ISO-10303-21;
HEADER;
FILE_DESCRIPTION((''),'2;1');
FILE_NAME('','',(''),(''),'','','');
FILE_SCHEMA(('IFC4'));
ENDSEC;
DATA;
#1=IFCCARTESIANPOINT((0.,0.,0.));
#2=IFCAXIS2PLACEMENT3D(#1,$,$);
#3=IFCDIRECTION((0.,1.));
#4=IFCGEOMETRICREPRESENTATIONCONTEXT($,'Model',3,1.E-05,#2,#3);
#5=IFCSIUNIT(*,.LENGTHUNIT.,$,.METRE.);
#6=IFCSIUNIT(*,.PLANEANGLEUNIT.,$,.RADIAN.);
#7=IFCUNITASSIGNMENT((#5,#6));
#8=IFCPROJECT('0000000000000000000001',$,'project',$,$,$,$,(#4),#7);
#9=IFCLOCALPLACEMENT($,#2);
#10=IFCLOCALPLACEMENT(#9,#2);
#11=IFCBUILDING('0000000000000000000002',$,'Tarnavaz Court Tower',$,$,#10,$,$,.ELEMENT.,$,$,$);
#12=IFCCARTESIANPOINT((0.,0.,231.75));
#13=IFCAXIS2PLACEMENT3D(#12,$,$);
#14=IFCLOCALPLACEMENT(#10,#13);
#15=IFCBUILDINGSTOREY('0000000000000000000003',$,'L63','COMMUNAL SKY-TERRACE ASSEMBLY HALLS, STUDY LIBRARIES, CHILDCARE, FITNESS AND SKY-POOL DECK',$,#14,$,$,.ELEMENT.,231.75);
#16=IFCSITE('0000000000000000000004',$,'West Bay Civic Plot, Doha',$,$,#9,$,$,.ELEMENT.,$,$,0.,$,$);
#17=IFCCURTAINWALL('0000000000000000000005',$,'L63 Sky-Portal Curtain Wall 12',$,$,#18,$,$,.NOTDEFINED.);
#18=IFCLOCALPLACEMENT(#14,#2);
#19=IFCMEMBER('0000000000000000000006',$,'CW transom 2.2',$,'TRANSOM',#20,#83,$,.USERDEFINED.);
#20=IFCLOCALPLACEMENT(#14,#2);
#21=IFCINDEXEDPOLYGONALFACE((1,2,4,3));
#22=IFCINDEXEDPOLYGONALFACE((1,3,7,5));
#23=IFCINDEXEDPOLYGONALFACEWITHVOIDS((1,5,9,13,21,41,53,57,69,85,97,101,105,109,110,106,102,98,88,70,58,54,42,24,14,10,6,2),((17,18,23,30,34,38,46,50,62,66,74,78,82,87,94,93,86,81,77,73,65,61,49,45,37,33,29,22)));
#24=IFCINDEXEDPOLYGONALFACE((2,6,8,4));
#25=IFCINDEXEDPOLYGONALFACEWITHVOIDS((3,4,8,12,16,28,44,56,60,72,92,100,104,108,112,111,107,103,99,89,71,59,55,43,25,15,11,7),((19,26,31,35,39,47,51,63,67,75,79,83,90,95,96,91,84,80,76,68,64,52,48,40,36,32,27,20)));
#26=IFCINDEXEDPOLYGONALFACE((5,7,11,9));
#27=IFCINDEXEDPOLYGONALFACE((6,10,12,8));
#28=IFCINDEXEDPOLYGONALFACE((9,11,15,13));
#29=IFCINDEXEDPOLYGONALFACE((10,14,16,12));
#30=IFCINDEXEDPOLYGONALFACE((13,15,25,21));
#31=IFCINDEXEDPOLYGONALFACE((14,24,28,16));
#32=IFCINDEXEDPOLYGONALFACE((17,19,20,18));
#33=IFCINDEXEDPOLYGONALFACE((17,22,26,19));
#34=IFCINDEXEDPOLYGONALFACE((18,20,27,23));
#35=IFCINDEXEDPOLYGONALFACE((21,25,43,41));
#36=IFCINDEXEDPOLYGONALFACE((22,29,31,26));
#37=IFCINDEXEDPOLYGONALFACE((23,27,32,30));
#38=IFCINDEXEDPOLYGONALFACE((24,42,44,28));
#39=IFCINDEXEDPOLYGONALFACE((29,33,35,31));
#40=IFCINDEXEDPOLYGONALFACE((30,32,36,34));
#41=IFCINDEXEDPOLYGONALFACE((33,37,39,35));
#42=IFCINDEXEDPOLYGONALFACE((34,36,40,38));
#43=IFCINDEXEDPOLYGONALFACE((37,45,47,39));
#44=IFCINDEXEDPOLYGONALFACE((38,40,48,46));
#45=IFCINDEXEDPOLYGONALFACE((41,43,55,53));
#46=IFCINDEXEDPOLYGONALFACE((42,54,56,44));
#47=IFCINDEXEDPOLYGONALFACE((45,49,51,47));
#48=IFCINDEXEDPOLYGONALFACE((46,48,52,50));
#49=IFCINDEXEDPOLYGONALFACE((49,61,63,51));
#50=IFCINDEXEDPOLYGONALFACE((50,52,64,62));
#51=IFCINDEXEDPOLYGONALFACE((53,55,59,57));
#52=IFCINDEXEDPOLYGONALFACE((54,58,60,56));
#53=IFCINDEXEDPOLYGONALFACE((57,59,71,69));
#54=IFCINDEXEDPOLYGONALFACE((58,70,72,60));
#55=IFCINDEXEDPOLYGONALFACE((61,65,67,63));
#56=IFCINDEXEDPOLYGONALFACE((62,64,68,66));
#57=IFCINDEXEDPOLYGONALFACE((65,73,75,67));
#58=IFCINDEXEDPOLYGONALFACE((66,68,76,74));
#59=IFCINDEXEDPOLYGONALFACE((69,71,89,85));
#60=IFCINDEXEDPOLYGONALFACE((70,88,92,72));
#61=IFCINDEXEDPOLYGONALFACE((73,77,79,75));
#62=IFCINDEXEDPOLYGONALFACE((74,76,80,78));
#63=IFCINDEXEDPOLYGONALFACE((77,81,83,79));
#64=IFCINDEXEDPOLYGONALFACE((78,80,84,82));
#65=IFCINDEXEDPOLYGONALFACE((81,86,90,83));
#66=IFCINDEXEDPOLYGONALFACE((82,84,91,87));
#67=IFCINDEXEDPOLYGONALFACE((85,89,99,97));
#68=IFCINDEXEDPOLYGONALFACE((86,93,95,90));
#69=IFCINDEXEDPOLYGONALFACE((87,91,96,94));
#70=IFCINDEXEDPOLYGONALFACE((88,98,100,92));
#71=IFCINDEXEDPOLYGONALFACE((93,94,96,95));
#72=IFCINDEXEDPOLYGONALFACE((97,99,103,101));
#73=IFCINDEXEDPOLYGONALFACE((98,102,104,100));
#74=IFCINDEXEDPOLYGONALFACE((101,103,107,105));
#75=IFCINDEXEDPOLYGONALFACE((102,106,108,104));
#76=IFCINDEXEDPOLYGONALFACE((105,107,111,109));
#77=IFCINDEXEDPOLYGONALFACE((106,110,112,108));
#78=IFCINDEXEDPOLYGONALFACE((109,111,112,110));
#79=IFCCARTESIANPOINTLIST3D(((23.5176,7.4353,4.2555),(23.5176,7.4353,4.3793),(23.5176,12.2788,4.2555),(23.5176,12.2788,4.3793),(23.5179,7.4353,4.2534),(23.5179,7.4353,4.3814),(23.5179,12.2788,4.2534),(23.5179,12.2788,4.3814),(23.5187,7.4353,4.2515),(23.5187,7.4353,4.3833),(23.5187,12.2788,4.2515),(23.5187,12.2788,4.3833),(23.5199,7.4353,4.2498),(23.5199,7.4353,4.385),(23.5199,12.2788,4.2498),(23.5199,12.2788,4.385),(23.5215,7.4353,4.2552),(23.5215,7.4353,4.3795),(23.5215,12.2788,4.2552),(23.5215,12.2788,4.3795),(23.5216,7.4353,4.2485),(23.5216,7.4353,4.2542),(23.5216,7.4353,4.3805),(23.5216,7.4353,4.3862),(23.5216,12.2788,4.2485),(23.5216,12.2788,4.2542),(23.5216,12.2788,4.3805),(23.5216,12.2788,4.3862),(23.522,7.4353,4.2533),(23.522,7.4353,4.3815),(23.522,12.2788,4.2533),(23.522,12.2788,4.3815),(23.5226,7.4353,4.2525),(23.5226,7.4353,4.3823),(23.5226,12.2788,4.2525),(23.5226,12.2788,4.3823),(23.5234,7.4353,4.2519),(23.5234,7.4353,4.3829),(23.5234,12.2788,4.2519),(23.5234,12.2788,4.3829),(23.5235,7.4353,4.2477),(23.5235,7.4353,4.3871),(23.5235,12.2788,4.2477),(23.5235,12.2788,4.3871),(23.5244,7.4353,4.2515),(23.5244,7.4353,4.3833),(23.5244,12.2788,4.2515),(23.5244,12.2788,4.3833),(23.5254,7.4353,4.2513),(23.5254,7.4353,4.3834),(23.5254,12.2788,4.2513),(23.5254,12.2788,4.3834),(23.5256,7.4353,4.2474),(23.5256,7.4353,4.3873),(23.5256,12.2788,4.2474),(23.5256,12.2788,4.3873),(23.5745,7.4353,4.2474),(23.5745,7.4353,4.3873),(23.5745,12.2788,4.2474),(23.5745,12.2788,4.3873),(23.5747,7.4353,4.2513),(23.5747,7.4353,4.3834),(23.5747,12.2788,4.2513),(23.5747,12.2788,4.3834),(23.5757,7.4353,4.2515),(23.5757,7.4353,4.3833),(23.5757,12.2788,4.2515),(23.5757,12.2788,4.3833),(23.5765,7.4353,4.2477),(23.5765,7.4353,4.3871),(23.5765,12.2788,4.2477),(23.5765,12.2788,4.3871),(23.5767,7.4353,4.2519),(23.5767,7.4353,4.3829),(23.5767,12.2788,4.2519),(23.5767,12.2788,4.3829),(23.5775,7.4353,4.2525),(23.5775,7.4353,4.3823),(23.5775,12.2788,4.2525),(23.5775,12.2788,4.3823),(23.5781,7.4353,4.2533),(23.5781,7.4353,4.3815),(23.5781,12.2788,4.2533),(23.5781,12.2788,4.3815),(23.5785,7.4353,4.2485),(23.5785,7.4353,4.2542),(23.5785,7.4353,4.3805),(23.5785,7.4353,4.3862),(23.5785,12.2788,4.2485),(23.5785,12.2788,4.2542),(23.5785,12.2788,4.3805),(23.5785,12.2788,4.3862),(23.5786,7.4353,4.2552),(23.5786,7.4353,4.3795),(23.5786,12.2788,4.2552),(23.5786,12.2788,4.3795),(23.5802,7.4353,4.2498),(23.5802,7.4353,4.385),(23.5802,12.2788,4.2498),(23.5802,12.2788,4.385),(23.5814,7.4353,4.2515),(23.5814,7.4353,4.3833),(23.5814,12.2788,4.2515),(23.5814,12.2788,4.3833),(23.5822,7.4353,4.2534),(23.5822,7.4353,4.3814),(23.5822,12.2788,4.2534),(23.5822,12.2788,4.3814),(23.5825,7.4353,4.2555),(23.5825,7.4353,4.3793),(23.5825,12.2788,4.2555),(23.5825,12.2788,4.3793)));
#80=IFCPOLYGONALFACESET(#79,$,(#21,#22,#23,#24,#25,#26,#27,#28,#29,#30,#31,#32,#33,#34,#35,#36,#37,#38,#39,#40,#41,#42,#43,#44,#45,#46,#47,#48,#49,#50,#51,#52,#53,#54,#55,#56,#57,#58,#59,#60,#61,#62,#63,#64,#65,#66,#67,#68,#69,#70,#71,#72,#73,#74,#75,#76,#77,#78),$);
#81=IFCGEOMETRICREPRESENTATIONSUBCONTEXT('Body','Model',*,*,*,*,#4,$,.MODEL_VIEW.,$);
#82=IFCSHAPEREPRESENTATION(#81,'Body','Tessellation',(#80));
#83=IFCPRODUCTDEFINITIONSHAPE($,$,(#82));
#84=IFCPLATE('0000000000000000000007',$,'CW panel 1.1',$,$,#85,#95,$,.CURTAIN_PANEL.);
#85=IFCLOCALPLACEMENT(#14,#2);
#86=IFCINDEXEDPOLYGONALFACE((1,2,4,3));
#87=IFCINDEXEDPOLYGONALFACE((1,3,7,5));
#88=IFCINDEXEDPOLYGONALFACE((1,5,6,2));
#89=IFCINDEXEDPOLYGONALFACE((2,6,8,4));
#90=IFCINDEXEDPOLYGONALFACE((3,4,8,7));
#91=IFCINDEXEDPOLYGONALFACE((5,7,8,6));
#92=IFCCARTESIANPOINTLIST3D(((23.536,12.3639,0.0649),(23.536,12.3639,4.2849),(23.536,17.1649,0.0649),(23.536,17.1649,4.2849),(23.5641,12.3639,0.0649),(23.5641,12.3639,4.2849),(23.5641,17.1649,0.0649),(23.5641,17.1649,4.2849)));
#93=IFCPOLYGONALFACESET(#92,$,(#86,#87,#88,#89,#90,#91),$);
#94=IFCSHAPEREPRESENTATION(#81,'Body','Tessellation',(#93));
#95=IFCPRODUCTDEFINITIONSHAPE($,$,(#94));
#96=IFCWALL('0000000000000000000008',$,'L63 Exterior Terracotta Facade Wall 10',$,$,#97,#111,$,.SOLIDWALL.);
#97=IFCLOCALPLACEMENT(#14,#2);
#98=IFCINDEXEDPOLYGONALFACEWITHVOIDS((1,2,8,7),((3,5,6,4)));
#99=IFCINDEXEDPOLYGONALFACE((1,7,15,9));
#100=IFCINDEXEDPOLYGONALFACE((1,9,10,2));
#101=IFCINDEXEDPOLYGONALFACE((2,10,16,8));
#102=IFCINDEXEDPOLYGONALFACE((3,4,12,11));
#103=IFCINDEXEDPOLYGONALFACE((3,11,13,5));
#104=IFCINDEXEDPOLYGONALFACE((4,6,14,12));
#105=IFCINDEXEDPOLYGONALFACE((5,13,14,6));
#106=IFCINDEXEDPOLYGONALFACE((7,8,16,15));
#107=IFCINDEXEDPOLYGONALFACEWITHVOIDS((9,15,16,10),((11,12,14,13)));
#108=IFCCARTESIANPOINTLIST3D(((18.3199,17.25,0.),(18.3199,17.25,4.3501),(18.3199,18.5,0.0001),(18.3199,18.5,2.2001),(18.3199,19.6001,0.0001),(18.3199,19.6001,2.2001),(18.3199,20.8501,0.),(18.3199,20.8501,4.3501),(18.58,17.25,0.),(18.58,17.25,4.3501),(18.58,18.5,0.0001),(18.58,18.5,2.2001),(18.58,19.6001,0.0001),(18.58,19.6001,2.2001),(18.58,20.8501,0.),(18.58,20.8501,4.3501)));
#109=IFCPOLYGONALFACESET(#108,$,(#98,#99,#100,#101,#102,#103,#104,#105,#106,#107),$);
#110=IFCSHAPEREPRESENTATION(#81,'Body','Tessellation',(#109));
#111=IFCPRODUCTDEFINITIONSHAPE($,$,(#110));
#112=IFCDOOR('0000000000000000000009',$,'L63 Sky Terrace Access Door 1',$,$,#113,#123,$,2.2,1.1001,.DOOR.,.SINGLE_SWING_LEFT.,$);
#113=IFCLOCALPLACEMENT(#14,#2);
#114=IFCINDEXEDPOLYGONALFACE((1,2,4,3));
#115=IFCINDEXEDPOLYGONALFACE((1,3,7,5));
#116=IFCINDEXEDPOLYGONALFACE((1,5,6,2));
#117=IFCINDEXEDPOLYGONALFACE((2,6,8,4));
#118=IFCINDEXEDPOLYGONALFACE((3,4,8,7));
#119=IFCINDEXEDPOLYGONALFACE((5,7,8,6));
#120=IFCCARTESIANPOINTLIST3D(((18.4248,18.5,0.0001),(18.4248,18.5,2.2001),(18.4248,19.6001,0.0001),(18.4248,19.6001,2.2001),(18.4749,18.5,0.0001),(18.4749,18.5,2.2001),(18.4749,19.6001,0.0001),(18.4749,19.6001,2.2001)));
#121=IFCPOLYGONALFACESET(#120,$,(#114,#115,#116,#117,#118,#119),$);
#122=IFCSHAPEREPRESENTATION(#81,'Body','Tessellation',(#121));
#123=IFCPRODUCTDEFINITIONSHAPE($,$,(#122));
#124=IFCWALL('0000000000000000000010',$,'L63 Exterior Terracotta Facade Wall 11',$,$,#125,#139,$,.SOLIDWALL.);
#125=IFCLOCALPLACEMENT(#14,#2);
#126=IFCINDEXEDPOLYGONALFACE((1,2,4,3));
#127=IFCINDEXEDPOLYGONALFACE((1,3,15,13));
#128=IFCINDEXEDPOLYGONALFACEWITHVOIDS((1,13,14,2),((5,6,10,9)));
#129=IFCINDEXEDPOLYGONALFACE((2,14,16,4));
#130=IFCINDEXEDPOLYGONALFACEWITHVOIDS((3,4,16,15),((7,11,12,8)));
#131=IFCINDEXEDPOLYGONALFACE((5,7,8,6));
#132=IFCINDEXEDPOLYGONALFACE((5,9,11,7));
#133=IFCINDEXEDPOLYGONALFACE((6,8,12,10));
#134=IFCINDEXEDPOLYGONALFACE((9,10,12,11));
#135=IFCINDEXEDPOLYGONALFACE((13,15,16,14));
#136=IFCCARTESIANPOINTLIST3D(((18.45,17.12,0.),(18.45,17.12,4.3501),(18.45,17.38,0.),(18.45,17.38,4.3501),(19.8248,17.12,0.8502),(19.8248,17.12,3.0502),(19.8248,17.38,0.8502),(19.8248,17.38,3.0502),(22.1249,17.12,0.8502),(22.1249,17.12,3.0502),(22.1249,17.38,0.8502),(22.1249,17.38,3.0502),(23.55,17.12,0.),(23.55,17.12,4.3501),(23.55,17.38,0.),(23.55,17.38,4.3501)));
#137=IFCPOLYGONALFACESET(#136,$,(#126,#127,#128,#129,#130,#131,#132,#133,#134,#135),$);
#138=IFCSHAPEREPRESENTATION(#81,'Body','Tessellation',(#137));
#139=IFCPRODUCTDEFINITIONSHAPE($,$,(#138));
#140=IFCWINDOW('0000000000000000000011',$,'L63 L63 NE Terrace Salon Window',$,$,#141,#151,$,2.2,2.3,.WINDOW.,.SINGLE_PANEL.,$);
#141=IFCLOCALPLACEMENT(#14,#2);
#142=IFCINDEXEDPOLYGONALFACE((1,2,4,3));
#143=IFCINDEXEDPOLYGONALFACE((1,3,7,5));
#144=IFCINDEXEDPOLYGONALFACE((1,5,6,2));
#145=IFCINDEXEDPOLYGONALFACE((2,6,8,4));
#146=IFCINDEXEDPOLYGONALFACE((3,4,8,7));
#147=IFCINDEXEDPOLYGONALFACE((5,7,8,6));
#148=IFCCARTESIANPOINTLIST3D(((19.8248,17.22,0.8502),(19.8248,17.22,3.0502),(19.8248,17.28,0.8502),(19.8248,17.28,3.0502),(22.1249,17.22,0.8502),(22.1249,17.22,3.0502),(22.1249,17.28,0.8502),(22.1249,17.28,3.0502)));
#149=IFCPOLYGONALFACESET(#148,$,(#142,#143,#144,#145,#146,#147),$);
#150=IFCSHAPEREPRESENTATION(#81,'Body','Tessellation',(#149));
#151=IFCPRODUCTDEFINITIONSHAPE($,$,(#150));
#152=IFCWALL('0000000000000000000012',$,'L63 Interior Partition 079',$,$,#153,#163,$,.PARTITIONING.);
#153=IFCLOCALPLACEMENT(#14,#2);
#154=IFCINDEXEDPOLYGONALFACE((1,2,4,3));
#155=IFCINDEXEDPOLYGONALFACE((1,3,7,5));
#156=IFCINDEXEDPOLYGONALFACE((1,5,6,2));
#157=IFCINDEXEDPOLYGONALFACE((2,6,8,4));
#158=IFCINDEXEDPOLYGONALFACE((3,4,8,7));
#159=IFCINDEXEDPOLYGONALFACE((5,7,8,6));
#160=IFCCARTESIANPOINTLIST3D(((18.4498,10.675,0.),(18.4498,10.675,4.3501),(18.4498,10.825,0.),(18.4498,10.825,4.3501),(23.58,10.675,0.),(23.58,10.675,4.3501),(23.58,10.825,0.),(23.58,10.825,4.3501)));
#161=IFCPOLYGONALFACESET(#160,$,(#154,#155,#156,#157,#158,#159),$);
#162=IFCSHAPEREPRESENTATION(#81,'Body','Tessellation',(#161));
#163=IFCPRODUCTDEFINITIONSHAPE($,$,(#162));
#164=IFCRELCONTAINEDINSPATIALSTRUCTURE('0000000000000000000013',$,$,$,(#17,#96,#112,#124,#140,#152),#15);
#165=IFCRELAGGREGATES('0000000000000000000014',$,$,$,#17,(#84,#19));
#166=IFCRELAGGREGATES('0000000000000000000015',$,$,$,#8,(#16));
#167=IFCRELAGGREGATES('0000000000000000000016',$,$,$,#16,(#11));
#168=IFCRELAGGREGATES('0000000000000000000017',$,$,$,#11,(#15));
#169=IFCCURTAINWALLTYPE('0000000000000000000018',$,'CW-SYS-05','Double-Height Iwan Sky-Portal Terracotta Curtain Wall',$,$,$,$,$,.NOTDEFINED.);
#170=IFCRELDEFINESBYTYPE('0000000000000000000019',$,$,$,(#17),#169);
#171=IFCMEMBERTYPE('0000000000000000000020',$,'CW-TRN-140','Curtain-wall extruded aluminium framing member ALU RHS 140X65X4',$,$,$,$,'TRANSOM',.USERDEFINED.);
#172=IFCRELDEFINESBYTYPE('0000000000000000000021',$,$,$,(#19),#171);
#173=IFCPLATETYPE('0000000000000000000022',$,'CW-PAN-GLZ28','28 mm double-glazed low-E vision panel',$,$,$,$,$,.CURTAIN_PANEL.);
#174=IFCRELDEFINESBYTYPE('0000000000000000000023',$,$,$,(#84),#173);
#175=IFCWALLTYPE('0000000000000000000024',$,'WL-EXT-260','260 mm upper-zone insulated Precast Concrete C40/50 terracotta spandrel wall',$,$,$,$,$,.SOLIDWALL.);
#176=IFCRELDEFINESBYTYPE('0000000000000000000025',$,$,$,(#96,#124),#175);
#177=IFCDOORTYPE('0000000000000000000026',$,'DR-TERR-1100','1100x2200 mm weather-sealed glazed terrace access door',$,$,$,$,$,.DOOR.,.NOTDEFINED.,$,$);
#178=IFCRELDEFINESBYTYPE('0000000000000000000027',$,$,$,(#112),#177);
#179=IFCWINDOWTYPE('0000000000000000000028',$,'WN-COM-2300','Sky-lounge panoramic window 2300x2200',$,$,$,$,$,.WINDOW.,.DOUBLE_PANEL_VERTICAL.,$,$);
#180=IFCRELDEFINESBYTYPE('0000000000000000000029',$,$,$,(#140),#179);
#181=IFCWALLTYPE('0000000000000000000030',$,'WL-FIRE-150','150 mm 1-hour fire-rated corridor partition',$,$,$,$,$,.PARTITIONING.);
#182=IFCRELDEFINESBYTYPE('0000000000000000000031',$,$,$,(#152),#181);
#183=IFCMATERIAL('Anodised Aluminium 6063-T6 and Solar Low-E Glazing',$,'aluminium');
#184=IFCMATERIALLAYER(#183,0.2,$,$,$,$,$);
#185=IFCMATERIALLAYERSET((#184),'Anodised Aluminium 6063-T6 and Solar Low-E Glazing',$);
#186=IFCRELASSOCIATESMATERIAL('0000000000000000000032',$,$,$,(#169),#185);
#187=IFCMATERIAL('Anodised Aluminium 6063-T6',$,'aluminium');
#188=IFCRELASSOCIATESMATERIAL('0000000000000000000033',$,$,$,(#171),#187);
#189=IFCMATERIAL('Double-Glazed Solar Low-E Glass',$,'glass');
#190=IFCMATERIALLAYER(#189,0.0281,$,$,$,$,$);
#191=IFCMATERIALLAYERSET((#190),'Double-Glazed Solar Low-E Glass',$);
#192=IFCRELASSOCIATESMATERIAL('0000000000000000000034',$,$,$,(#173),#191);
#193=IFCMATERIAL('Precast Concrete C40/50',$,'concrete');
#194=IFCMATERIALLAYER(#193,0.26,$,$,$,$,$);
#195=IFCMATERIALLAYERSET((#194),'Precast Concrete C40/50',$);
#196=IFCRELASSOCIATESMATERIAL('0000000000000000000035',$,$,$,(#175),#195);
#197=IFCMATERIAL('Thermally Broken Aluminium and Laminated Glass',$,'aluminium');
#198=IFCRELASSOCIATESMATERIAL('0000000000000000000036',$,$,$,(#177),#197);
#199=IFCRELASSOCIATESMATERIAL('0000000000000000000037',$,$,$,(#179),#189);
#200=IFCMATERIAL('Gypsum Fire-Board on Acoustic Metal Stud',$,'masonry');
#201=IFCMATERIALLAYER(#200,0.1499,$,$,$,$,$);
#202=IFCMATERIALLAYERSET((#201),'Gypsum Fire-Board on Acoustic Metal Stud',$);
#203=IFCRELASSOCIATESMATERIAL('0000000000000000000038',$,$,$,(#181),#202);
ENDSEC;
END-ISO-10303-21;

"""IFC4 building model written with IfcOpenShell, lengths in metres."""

from ifc_helpers import new_model, si_unit, direction, frame, frame_2d, origin, origin_2d, place, context, subcontext, project, spatial, rectangle, hollow_rectangle, extrude, material, layer, layer_set, material_profile, profile_set, type_object, element, fill, aggregate, save


model = new_model("IFC4")

# Units and contexts
model_context = context("Model", 3, precision=1e-05, world=origin(), true_north=direction((0.0, 1.0)))
body_context = subcontext(model_context, "Body", "Model", "MODEL_VIEW")
ifc_project = project(units=[si_unit("LENGTHUNIT", "METRE"), si_unit("PLANEANGLEUNIT", "RADIAN")], contexts=[model_context])

# Site, building, storey
site_placement = place(None, origin())
site = spatial("IfcSite", under=ifc_project, at=site_placement, Name="West Bay Civic Plot, Doha", CompositionType="ELEMENT", RefElevation=0.0)
building_placement = place(site_placement, origin())
building = spatial("IfcBuilding", under=site, at=building_placement, Name="Tarnavaz Court Tower", CompositionType="ELEMENT")
storey_placement = place(building_placement, frame((0.0, 0.0, 231.75)))
storey = spatial("IfcBuildingStorey", under=building, at=storey_placement, Name="L63", Description="COMMUNAL SKY-TERRACE ASSEMBLY HALLS, STUDY LIBRARIES, CHILDCARE, FITNESS AND SKY-POOL DECK", CompositionType="ELEMENT", Elevation=231.75)

# Curtain wall, member, plate
ifc_material_1 = material(Name="Anodised Aluminium 6063-T6 and Solar Low-E Glazing", Category="aluminium")
ifc_layer_1 = layer(ifc_material_1, 0.2)
ifc_layer_set_1 = layer_set([ifc_layer_1], Name="Anodised Aluminium 6063-T6 and Solar Low-E Glazing")
curtain_wall_type = type_object("IfcCurtainWallType", Name="CW-SYS-05", Description="Double-Height Iwan Sky-Portal Terracotta Curtain Wall", PredefinedType="NOTDEFINED", material=ifc_layer_set_1)
curtain_wall_placement = place(storey_placement, origin())
curtain_wall = element("IfcCurtainWall", 1, at=curtain_wall_placement, inside=storey, type_object=curtain_wall_type, Name="L63 Sky-Portal Curtain Wall 12", PredefinedType="NOTDEFINED")
ifc_material_2 = material(Name="Anodised Aluminium 6063-T6", Category="aluminium")
ifc_material_profile_1 = material_profile(ifc_material_2, hollow_rectangle(XDim=0.0649, YDim=0.1399, WallThickness=0.0039, InnerFilletRadius=0.0039, OuterFilletRadius=0.0081, at=origin_2d()), Name="ALU RHS 140X65X4")
ifc_profile_set_1 = profile_set([ifc_material_profile_1], Name="Anodised Aluminium 6063-T6")
member_type_1 = type_object("IfcMemberType", Name="CW-TRN-140", Description="Curtain-wall extruded aluminium framing member ALU RHS 140X65X4", ElementType="TRANSOM", PredefinedType="USERDEFINED", material=ifc_profile_set_1)
member_1_placement = place(storey_placement, frame((23.55, 12.2788, 4.3174), z_axis=(0.0, -1.0, 0.0), x_axis=(1.0, 0.0, 0.0)))
member_1 = element("IfcMember", 2, at=member_1_placement, type_object=member_type_1, Name="CW transom 2.2", ObjectType="TRANSOM", PredefinedType="USERDEFINED", context=body_context, shape_type="SweptSolid", body=[
    extrude(hollow_rectangle(XDim=0.0649, YDim=0.1399, WallThickness=0.0039, InnerFilletRadius=0.0039, OuterFilletRadius=0.0081, at=origin_2d()), origin(), (0.0, 0.0, 1.0), 4.8435),
])
ifc_material_3 = material(Name="Double-Glazed Solar Low-E Glass", Category="glass")
ifc_layer_2 = layer(ifc_material_3, 0.0281)
ifc_layer_set_2 = layer_set([ifc_layer_2], Name="Double-Glazed Solar Low-E Glass")
plate_type = type_object("IfcPlateType", Name="CW-PAN-GLZ28", Description="28 mm double-glazed low-E vision panel", PredefinedType="CURTAIN_PANEL", material=ifc_layer_set_2)
plate_placement = place(storey_placement, frame((23.55, 14.7644, 0.0649), z_axis=(0.0, 0.0, 1.0), x_axis=(0.0, -1.0, 0.0)))
plate = element("IfcPlate", 3, at=plate_placement, type_object=plate_type, Name="CW panel 1.1", PredefinedType="CURTAIN_PANEL", context=body_context, shape_type="SweptSolid", body=[
    extrude(rectangle(XDim=4.801, YDim=0.0281, at=origin_2d()), origin(), (0.0, 0.0, 1.0), 4.22),
])
aggregate(curtain_wall, [plate, member_1])

# Wall, opening, door
ifc_material_4 = material(Name="Precast Concrete C40/50", Category="concrete")
ifc_layer_3 = layer(ifc_material_4, 0.26)
ifc_layer_set_3 = layer_set([ifc_layer_3], Name="Precast Concrete C40/50")
wall_type_1 = type_object("IfcWallType", Name="WL-EXT-260", Description="260 mm upper-zone insulated Precast Concrete C40/50 terracotta spandrel wall", PredefinedType="SOLIDWALL", material=ifc_layer_set_3)
wall_1_placement = place(storey_placement, frame((18.45, 20.8501, 0.0), z_axis=(0.0, 0.0, 1.0), x_axis=(0.0, -1.0, 0.0)))
wall_1 = element("IfcWall", 4, at=wall_1_placement, inside=storey, type_object=wall_type_1, Name="L63 Exterior Terracotta Facade Wall 10", PredefinedType="SOLIDWALL", context=body_context, shape_type="SweptSolid", body=[
    extrude(rectangle(XDim=3.6001, YDim=0.26, at=frame_2d((1.8, 0.0))), origin(), (0.0, 0.0, 1.0), 4.3501),
])
opening_1_placement = place(wall_1_placement, frame((1.25, 0.0, 0.0)))
opening_1 = element("IfcOpeningElement", 5, at=opening_1_placement, cuts=wall_1, PredefinedType="OPENING", context=body_context, shape_type="SweptSolid", body=[
    extrude(rectangle(XDim=1.1001, YDim=2.2, at=frame_2d((0.55, 1.1001))), frame((0.0, 0.1399, 0.0), z_axis=(0.0, -1.0, 0.0), x_axis=(1.0, 0.0, 0.0)), (0.0, 0.0, 1.0), 0.28),
])
ifc_material_5 = material(Name="Thermally Broken Aluminium and Laminated Glass", Category="aluminium")
door_type_1 = type_object("IfcDoorType", Name="DR-TERR-1100", Description="1100x2200 mm weather-sealed glazed terrace access door", OperationType="NOTDEFINED", PredefinedType="DOOR", material=ifc_material_5)
door_1_placement = place(opening_1_placement, origin())
door_1 = element("IfcDoor", 6, at=door_1_placement, inside=storey, type_object=door_type_1, Name="L63 Sky Terrace Access Door 1", OperationType="SINGLE_SWING_LEFT", OverallHeight=2.2, OverallWidth=1.1001, PredefinedType="DOOR", context=body_context, shape_type="SweptSolid", body=[
    extrude(rectangle(XDim=1.1001, YDim=2.2, at=frame_2d((0.55, 1.1001))), frame((0.0, 0.0249, 0.0), z_axis=(0.0, -1.0, 0.0), x_axis=(1.0, 0.0, 0.0)), (0.0, 0.0, 1.0), 0.05),
])
fill(opening_1, door_1)

# Wall, opening, window
wall_2_placement = place(storey_placement, frame((18.45, 17.25, 0.0), z_axis=(0.0, 0.0, 1.0), x_axis=(1.0, 0.0, 0.0)))
wall_2 = element("IfcWall", 7, at=wall_2_placement, inside=storey, type_object=wall_type_1, Name="L63 Exterior Terracotta Facade Wall 11", PredefinedType="SOLIDWALL", context=body_context, shape_type="SweptSolid", body=[
    extrude(rectangle(XDim=5.1001, YDim=0.26, at=frame_2d((2.55, 0.0))), origin(), (0.0, 0.0, 1.0), 4.3501),
])
opening_2_placement = place(wall_2_placement, frame((1.375, 0.0, 0.8501)))
opening_2 = element("IfcOpeningElement", 8, at=opening_2_placement, cuts=wall_2, PredefinedType="OPENING", context=body_context, shape_type="SweptSolid", body=[
    extrude(rectangle(XDim=2.3, YDim=2.2, at=frame_2d((1.1499, 1.1001))), frame((0.0, 0.1399, 0.0), z_axis=(0.0, -1.0, 0.0), x_axis=(1.0, 0.0, 0.0)), (0.0, 0.0, 1.0), 0.28),
])
window_type = type_object("IfcWindowType", Name="WN-COM-2300", Description="Sky-lounge panoramic window 2300x2200", PartitioningType="DOUBLE_PANEL_VERTICAL", PredefinedType="WINDOW", material=ifc_material_3)
window_placement = place(opening_2_placement, origin())
window = element("IfcWindow", 9, at=window_placement, inside=storey, type_object=window_type, Name="L63 L63 NE Terrace Salon Window", OverallHeight=2.2, OverallWidth=2.3, PartitioningType="SINGLE_PANEL", PredefinedType="WINDOW", context=body_context, shape_type="SweptSolid", body=[
    extrude(rectangle(XDim=2.3, YDim=2.2, at=frame_2d((1.1499, 1.1001))), frame((0.0, 0.03, 0.0), z_axis=(0.0, -1.0, 0.0), x_axis=(1.0, 0.0, 0.0)), (0.0, 0.0, 1.0), 0.0601),
])
fill(opening_2, window)

# Wall
ifc_material_6 = material(Name="Gypsum Fire-Board on Acoustic Metal Stud", Category="masonry")
ifc_layer_4 = layer(ifc_material_6, 0.1499)
ifc_layer_set_4 = layer_set([ifc_layer_4], Name="Gypsum Fire-Board on Acoustic Metal Stud")
wall_type_2 = type_object("IfcWallType", Name="WL-FIRE-150", Description="150 mm 1-hour fire-rated corridor partition", PredefinedType="PARTITIONING", material=ifc_layer_set_4)
wall_3_placement = place(storey_placement, frame((18.45, 10.75, 0.0), z_axis=(0.0, 0.0, 1.0), x_axis=(1.0, 0.0, 0.0)))
element("IfcWall", 10, at=wall_3_placement, inside=storey, type_object=wall_type_2, Name="L63 Interior Partition 079", PredefinedType="PARTITIONING", context=body_context, shape_type="SweptSolid", body=[
    extrude(rectangle(XDim=5.1301, YDim=0.1499, at=frame_2d((2.5649, 0.0))), origin(), (0.0, 0.0, 1.0), 4.3501),
])

save(model, "model.ifc")
